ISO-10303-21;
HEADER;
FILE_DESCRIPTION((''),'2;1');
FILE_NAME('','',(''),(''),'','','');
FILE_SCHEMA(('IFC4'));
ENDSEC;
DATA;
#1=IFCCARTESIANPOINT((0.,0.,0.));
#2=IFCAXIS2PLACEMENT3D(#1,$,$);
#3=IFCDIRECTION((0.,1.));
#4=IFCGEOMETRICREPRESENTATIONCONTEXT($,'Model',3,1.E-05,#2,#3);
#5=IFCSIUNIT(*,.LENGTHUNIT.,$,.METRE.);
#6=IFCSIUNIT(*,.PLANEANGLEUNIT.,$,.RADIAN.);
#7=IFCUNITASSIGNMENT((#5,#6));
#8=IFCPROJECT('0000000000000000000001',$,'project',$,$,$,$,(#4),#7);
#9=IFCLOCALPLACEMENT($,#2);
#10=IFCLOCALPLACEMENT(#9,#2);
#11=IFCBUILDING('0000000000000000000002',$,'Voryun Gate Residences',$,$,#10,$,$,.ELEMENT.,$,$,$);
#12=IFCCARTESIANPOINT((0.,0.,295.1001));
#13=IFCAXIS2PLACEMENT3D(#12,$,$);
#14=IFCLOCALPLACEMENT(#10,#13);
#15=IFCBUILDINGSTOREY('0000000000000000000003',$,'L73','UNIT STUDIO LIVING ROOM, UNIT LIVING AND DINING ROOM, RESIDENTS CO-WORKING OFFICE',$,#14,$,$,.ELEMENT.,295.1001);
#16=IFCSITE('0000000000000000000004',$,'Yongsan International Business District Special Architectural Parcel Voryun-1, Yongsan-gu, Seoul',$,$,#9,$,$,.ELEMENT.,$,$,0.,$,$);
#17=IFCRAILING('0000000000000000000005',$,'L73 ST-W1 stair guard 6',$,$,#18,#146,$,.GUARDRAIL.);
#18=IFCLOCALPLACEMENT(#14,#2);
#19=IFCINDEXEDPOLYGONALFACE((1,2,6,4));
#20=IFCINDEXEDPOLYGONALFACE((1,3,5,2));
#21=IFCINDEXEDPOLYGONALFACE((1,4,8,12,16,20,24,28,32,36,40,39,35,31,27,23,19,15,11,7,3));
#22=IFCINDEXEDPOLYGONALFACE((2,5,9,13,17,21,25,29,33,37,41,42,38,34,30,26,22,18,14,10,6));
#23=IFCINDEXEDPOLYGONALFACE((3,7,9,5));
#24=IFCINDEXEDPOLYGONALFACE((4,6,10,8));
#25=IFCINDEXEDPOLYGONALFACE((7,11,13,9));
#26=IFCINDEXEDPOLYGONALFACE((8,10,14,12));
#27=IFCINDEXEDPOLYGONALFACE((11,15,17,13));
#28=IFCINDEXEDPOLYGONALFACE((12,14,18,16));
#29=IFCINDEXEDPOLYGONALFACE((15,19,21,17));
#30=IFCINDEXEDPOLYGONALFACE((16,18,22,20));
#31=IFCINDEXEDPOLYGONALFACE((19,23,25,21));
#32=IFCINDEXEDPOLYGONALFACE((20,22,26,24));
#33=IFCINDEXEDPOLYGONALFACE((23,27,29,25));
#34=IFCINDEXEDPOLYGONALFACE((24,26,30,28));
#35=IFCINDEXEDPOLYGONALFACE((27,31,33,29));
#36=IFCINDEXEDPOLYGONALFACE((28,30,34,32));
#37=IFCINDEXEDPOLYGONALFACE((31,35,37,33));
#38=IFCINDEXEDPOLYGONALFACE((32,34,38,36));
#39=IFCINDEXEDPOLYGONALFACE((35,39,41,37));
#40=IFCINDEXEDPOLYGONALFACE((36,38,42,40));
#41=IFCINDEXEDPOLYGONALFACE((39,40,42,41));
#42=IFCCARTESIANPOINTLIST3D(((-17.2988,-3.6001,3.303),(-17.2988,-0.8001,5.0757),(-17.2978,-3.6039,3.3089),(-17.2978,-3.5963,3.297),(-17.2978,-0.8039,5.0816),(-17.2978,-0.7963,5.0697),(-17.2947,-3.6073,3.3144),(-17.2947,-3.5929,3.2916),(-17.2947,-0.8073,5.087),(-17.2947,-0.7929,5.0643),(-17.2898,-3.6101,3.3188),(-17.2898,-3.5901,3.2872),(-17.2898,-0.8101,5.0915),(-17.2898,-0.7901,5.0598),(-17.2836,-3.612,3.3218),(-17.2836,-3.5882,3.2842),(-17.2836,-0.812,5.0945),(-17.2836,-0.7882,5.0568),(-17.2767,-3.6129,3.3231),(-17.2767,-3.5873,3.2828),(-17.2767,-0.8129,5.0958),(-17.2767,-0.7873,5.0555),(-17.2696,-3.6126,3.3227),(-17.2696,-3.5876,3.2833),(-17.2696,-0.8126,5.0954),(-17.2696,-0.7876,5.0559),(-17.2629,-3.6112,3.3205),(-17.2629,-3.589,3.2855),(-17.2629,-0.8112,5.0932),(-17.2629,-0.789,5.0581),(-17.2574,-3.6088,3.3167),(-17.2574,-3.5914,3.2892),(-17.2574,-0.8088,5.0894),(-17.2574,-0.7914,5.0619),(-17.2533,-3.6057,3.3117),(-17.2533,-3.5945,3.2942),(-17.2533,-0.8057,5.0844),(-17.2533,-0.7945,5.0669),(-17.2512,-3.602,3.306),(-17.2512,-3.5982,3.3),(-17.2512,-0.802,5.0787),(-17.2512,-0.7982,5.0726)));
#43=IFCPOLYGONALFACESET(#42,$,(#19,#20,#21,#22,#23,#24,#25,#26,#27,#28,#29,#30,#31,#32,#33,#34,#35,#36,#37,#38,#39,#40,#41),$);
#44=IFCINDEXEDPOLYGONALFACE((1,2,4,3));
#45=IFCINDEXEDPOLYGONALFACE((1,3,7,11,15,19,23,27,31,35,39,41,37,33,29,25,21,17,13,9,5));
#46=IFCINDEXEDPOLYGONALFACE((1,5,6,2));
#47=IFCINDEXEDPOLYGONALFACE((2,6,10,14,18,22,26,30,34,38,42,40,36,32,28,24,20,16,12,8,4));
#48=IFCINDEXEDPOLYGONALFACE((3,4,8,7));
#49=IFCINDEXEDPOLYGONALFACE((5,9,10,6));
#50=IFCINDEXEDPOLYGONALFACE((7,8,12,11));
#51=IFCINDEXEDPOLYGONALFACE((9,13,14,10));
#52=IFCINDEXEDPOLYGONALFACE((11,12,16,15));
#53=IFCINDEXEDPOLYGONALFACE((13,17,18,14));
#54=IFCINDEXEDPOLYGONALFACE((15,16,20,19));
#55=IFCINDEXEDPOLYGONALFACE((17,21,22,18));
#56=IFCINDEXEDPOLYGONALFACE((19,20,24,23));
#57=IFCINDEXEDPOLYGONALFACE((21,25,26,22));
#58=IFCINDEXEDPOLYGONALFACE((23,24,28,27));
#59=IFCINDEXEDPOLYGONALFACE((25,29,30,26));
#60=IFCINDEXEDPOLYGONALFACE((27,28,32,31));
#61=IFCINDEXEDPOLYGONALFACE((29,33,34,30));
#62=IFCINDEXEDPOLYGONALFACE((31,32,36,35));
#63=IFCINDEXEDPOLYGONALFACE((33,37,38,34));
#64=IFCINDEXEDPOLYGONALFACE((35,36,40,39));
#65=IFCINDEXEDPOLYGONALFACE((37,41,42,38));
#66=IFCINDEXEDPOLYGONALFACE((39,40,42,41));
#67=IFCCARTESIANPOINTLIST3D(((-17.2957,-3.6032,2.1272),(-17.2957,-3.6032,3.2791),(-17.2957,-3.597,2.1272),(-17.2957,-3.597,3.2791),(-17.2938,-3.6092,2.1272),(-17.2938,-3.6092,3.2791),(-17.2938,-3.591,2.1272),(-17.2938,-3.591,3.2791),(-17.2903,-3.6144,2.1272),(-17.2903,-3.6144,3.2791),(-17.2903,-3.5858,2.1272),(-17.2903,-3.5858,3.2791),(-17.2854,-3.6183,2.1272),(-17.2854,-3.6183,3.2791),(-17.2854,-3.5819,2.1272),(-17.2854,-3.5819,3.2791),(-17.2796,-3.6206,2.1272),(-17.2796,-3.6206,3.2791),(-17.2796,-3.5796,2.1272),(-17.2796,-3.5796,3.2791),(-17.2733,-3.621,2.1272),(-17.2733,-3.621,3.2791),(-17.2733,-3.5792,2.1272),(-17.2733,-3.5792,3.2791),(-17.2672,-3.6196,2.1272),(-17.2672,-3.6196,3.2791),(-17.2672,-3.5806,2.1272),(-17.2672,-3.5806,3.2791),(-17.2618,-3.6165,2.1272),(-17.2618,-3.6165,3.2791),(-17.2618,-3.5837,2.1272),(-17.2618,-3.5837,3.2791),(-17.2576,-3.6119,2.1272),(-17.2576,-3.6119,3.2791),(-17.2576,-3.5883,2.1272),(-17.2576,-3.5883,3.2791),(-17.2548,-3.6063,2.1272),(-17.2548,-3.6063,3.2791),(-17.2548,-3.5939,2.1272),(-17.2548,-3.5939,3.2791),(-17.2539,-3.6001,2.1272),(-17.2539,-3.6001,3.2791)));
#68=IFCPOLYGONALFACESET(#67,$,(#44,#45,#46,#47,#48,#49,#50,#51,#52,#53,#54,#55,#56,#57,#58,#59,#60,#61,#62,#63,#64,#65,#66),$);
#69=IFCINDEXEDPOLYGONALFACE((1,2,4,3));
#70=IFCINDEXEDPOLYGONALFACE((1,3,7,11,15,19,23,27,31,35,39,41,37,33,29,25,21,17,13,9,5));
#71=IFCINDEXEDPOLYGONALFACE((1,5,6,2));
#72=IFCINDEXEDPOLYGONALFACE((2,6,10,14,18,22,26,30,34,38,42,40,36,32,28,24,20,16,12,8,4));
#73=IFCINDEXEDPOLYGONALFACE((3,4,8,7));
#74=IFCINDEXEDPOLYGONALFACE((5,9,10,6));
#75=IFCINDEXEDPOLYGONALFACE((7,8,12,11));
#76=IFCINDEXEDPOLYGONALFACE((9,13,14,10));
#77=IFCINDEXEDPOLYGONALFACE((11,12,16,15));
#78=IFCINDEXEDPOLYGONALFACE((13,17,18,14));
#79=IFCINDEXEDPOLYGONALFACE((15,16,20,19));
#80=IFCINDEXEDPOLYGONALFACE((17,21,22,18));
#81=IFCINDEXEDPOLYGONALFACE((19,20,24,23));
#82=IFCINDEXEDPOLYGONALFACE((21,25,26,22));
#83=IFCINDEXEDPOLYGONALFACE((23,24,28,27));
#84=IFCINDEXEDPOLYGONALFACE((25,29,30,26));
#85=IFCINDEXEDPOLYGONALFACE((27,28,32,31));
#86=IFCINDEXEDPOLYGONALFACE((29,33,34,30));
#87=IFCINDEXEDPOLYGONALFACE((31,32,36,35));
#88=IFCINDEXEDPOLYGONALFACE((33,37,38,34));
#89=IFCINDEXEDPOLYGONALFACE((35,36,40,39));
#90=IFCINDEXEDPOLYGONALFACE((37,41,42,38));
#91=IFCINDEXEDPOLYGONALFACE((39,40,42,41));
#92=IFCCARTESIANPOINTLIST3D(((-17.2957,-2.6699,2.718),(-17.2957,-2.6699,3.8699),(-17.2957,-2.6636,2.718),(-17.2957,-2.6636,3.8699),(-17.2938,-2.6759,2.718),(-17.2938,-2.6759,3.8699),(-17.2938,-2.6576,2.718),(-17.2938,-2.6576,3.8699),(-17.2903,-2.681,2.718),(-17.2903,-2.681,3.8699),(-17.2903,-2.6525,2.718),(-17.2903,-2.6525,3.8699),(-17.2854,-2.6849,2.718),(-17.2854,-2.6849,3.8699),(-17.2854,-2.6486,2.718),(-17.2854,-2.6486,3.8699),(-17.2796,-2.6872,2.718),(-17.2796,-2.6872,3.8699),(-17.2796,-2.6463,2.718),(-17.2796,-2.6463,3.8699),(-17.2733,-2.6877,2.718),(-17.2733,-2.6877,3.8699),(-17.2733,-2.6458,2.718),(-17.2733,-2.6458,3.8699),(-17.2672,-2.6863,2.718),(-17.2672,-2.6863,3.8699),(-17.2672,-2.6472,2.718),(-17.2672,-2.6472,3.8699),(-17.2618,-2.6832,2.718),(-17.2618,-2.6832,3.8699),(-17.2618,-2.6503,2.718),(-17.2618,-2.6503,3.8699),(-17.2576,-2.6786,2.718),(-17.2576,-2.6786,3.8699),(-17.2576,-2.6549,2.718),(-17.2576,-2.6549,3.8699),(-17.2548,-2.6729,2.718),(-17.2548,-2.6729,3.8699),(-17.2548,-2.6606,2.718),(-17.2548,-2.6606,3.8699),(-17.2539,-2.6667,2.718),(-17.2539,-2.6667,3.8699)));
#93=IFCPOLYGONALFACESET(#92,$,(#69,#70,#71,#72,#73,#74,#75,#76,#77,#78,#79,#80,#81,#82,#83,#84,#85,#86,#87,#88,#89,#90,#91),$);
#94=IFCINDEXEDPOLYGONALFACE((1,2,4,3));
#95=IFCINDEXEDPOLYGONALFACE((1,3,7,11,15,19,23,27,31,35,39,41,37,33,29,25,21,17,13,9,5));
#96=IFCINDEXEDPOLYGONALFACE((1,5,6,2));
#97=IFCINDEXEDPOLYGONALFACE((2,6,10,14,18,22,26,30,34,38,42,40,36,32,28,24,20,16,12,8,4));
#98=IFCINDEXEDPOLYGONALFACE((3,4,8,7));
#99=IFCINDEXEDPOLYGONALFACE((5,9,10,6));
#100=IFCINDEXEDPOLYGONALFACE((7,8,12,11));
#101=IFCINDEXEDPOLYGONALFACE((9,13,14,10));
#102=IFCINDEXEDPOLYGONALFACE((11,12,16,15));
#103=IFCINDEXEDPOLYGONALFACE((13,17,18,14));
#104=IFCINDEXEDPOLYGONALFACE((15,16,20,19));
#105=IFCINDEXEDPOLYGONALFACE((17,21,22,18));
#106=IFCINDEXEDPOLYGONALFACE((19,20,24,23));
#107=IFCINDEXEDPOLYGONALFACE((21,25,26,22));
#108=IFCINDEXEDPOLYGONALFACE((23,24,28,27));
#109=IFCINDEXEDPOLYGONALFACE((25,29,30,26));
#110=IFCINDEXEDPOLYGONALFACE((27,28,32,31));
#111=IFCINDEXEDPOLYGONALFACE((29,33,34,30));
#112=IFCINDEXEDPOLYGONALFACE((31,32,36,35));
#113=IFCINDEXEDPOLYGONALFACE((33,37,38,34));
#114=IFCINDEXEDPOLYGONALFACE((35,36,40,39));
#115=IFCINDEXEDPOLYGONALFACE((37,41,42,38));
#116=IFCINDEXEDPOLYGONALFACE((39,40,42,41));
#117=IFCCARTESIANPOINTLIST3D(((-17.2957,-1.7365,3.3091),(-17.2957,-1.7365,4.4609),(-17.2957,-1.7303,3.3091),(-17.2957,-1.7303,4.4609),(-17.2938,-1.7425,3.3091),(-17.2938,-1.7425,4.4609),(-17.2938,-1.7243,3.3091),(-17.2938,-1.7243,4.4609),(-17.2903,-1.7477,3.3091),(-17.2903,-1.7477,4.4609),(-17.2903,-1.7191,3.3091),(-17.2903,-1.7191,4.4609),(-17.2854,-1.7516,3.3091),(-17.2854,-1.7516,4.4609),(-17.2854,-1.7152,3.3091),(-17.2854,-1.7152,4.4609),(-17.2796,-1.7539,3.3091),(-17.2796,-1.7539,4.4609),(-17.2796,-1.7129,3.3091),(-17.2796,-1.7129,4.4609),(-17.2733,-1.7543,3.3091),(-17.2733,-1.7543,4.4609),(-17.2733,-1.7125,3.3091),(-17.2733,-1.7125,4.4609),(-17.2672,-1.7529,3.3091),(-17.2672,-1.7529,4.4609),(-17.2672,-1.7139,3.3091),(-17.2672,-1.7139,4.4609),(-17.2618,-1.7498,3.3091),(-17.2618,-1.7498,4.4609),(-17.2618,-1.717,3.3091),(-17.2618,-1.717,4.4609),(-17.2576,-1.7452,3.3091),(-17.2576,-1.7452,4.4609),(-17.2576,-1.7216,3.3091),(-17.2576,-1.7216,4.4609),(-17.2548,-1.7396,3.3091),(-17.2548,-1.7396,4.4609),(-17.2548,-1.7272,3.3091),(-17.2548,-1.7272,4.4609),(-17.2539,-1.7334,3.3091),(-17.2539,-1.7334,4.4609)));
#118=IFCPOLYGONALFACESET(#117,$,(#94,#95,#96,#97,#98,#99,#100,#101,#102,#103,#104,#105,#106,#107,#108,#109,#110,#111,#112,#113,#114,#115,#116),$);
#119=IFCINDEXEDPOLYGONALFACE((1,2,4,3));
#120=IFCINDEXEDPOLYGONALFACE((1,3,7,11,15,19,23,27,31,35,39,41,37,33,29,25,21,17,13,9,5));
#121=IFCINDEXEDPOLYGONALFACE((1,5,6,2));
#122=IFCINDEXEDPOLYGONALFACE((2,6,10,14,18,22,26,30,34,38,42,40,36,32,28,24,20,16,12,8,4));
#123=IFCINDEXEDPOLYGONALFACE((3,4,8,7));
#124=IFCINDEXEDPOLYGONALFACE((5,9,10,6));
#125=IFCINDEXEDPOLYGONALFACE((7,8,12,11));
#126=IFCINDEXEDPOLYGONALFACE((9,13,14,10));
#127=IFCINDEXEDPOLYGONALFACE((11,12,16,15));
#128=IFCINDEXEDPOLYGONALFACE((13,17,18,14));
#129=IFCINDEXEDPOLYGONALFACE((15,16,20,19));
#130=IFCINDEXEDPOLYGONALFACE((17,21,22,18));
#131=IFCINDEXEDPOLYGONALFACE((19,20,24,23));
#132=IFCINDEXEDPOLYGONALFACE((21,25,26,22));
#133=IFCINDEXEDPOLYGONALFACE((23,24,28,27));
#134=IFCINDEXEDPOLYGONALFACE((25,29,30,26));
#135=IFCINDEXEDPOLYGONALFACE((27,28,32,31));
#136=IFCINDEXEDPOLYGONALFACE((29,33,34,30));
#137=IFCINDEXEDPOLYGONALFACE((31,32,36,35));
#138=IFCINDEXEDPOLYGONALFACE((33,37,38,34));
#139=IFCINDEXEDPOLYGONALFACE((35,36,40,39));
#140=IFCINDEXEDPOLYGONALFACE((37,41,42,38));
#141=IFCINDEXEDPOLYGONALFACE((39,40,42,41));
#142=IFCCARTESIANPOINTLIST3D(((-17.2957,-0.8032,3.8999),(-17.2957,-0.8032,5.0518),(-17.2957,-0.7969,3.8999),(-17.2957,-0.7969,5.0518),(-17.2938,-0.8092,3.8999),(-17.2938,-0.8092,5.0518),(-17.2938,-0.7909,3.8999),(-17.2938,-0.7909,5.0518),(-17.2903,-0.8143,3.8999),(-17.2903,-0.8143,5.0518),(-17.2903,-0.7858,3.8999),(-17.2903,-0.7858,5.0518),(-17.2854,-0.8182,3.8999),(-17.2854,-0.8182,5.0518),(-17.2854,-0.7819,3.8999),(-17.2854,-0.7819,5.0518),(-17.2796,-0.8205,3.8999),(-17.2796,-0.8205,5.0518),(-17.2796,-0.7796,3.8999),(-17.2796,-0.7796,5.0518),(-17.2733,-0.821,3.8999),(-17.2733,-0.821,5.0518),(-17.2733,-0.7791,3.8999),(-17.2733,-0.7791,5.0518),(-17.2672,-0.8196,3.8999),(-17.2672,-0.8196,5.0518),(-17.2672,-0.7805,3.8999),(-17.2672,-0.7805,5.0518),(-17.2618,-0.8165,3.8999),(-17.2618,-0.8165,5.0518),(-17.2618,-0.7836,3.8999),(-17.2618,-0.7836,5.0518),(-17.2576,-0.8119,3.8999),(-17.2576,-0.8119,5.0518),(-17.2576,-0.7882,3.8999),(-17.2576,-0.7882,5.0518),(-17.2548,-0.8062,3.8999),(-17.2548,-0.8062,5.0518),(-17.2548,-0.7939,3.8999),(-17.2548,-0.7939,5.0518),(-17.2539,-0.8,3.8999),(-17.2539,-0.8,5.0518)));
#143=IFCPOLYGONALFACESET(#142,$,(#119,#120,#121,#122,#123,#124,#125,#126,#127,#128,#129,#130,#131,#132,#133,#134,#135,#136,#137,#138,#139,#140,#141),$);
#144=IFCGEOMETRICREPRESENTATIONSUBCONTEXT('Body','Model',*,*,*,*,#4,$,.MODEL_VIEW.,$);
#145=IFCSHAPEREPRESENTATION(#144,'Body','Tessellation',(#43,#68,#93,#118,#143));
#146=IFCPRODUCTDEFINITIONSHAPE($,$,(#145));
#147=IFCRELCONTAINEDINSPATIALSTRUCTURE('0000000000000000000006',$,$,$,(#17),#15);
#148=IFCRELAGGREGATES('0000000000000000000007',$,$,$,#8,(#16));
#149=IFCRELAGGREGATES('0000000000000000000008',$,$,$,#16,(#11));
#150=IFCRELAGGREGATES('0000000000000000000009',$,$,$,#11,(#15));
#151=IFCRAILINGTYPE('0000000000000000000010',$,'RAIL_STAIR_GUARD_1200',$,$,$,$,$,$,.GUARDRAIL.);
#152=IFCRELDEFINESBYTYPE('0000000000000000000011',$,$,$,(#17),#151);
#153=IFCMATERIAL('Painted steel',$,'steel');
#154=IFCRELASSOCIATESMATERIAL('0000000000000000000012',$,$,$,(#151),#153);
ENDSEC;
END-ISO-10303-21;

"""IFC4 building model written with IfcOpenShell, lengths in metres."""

from ifc_helpers import new_model, si_unit, direction, frame, origin, origin_2d, place, context, subcontext, project, spatial, circle, extrude, material, type_object, element, save


model = new_model("IFC4")

# Units and contexts
model_context = context("Model", 3, precision=1e-05, world=origin(), true_north=direction((0.0, 1.0)))
body_context = subcontext(model_context, "Body", "Model", "MODEL_VIEW")
ifc_project = project(units=[si_unit("LENGTHUNIT", "METRE"), si_unit("PLANEANGLEUNIT", "RADIAN")], contexts=[model_context])

# Site, building, storey
site_placement = place(None, origin())
site = spatial("IfcSite", under=ifc_project, at=site_placement, Name="Yongsan International Business District Special Architectural Parcel Voryun-1, Yongsan-gu, Seoul", CompositionType="ELEMENT", RefElevation=0.0)
building_placement = place(site_placement, origin())
building = spatial("IfcBuilding", under=site, at=building_placement, Name="Voryun Gate Residences", CompositionType="ELEMENT")
storey_placement = place(building_placement, frame((0.0, 0.0, 295.1001)))
storey = spatial("IfcBuildingStorey", under=building, at=storey_placement, Name="L73", Description="UNIT STUDIO LIVING ROOM, UNIT LIVING AND DINING ROOM, RESIDENTS CO-WORKING OFFICE", CompositionType="ELEMENT", Elevation=295.1001)

# Railing
ifc_material_1 = material(Name="Painted steel", Category="steel")
railing_type_1 = type_object("IfcRailingType", Name="RAIL_STAIR_GUARD_1200", PredefinedType="GUARDRAIL", material=ifc_material_1)
railing_1_placement = place(storey_placement, frame((-17.2749, -3.6001, 2.1272)))
element("IfcRailing", 1, at=railing_1_placement, inside=storey, type_object=railing_type_1, Name="L73 ST-W1 stair guard 6", PredefinedType="GUARDRAIL", context=body_context, shape_type="SweptSolid", body=[
    extrude(circle(Radius=0.0239, at=origin_2d()), frame((0.0, 0.0, 1.1758), z_axis=(0.0, 0.844909, 0.53491), x_axis=(-1.0, 0.0, 0.0)), (0.0, 0.0, 1.0), 3.314),
    extrude(circle(Radius=0.021, at=origin_2d()), origin(), (0.0, 0.0, 1.0), 1.1519),
    extrude(circle(Radius=0.021, at=origin_2d()), frame((0.0, 0.9333, 0.5908)), (0.0, 0.0, 1.0), 1.1519),
    extrude(circle(Radius=0.021, at=origin_2d()), frame((0.0, 1.8667, 1.1819)), (0.0, 0.0, 1.0), 1.1519),
    extrude(circle(Radius=0.021, at=origin_2d()), frame((0.0, 2.8, 1.7727)), (0.0, 0.0, 1.0), 1.1519),
])

save(model, "model.ifc")
